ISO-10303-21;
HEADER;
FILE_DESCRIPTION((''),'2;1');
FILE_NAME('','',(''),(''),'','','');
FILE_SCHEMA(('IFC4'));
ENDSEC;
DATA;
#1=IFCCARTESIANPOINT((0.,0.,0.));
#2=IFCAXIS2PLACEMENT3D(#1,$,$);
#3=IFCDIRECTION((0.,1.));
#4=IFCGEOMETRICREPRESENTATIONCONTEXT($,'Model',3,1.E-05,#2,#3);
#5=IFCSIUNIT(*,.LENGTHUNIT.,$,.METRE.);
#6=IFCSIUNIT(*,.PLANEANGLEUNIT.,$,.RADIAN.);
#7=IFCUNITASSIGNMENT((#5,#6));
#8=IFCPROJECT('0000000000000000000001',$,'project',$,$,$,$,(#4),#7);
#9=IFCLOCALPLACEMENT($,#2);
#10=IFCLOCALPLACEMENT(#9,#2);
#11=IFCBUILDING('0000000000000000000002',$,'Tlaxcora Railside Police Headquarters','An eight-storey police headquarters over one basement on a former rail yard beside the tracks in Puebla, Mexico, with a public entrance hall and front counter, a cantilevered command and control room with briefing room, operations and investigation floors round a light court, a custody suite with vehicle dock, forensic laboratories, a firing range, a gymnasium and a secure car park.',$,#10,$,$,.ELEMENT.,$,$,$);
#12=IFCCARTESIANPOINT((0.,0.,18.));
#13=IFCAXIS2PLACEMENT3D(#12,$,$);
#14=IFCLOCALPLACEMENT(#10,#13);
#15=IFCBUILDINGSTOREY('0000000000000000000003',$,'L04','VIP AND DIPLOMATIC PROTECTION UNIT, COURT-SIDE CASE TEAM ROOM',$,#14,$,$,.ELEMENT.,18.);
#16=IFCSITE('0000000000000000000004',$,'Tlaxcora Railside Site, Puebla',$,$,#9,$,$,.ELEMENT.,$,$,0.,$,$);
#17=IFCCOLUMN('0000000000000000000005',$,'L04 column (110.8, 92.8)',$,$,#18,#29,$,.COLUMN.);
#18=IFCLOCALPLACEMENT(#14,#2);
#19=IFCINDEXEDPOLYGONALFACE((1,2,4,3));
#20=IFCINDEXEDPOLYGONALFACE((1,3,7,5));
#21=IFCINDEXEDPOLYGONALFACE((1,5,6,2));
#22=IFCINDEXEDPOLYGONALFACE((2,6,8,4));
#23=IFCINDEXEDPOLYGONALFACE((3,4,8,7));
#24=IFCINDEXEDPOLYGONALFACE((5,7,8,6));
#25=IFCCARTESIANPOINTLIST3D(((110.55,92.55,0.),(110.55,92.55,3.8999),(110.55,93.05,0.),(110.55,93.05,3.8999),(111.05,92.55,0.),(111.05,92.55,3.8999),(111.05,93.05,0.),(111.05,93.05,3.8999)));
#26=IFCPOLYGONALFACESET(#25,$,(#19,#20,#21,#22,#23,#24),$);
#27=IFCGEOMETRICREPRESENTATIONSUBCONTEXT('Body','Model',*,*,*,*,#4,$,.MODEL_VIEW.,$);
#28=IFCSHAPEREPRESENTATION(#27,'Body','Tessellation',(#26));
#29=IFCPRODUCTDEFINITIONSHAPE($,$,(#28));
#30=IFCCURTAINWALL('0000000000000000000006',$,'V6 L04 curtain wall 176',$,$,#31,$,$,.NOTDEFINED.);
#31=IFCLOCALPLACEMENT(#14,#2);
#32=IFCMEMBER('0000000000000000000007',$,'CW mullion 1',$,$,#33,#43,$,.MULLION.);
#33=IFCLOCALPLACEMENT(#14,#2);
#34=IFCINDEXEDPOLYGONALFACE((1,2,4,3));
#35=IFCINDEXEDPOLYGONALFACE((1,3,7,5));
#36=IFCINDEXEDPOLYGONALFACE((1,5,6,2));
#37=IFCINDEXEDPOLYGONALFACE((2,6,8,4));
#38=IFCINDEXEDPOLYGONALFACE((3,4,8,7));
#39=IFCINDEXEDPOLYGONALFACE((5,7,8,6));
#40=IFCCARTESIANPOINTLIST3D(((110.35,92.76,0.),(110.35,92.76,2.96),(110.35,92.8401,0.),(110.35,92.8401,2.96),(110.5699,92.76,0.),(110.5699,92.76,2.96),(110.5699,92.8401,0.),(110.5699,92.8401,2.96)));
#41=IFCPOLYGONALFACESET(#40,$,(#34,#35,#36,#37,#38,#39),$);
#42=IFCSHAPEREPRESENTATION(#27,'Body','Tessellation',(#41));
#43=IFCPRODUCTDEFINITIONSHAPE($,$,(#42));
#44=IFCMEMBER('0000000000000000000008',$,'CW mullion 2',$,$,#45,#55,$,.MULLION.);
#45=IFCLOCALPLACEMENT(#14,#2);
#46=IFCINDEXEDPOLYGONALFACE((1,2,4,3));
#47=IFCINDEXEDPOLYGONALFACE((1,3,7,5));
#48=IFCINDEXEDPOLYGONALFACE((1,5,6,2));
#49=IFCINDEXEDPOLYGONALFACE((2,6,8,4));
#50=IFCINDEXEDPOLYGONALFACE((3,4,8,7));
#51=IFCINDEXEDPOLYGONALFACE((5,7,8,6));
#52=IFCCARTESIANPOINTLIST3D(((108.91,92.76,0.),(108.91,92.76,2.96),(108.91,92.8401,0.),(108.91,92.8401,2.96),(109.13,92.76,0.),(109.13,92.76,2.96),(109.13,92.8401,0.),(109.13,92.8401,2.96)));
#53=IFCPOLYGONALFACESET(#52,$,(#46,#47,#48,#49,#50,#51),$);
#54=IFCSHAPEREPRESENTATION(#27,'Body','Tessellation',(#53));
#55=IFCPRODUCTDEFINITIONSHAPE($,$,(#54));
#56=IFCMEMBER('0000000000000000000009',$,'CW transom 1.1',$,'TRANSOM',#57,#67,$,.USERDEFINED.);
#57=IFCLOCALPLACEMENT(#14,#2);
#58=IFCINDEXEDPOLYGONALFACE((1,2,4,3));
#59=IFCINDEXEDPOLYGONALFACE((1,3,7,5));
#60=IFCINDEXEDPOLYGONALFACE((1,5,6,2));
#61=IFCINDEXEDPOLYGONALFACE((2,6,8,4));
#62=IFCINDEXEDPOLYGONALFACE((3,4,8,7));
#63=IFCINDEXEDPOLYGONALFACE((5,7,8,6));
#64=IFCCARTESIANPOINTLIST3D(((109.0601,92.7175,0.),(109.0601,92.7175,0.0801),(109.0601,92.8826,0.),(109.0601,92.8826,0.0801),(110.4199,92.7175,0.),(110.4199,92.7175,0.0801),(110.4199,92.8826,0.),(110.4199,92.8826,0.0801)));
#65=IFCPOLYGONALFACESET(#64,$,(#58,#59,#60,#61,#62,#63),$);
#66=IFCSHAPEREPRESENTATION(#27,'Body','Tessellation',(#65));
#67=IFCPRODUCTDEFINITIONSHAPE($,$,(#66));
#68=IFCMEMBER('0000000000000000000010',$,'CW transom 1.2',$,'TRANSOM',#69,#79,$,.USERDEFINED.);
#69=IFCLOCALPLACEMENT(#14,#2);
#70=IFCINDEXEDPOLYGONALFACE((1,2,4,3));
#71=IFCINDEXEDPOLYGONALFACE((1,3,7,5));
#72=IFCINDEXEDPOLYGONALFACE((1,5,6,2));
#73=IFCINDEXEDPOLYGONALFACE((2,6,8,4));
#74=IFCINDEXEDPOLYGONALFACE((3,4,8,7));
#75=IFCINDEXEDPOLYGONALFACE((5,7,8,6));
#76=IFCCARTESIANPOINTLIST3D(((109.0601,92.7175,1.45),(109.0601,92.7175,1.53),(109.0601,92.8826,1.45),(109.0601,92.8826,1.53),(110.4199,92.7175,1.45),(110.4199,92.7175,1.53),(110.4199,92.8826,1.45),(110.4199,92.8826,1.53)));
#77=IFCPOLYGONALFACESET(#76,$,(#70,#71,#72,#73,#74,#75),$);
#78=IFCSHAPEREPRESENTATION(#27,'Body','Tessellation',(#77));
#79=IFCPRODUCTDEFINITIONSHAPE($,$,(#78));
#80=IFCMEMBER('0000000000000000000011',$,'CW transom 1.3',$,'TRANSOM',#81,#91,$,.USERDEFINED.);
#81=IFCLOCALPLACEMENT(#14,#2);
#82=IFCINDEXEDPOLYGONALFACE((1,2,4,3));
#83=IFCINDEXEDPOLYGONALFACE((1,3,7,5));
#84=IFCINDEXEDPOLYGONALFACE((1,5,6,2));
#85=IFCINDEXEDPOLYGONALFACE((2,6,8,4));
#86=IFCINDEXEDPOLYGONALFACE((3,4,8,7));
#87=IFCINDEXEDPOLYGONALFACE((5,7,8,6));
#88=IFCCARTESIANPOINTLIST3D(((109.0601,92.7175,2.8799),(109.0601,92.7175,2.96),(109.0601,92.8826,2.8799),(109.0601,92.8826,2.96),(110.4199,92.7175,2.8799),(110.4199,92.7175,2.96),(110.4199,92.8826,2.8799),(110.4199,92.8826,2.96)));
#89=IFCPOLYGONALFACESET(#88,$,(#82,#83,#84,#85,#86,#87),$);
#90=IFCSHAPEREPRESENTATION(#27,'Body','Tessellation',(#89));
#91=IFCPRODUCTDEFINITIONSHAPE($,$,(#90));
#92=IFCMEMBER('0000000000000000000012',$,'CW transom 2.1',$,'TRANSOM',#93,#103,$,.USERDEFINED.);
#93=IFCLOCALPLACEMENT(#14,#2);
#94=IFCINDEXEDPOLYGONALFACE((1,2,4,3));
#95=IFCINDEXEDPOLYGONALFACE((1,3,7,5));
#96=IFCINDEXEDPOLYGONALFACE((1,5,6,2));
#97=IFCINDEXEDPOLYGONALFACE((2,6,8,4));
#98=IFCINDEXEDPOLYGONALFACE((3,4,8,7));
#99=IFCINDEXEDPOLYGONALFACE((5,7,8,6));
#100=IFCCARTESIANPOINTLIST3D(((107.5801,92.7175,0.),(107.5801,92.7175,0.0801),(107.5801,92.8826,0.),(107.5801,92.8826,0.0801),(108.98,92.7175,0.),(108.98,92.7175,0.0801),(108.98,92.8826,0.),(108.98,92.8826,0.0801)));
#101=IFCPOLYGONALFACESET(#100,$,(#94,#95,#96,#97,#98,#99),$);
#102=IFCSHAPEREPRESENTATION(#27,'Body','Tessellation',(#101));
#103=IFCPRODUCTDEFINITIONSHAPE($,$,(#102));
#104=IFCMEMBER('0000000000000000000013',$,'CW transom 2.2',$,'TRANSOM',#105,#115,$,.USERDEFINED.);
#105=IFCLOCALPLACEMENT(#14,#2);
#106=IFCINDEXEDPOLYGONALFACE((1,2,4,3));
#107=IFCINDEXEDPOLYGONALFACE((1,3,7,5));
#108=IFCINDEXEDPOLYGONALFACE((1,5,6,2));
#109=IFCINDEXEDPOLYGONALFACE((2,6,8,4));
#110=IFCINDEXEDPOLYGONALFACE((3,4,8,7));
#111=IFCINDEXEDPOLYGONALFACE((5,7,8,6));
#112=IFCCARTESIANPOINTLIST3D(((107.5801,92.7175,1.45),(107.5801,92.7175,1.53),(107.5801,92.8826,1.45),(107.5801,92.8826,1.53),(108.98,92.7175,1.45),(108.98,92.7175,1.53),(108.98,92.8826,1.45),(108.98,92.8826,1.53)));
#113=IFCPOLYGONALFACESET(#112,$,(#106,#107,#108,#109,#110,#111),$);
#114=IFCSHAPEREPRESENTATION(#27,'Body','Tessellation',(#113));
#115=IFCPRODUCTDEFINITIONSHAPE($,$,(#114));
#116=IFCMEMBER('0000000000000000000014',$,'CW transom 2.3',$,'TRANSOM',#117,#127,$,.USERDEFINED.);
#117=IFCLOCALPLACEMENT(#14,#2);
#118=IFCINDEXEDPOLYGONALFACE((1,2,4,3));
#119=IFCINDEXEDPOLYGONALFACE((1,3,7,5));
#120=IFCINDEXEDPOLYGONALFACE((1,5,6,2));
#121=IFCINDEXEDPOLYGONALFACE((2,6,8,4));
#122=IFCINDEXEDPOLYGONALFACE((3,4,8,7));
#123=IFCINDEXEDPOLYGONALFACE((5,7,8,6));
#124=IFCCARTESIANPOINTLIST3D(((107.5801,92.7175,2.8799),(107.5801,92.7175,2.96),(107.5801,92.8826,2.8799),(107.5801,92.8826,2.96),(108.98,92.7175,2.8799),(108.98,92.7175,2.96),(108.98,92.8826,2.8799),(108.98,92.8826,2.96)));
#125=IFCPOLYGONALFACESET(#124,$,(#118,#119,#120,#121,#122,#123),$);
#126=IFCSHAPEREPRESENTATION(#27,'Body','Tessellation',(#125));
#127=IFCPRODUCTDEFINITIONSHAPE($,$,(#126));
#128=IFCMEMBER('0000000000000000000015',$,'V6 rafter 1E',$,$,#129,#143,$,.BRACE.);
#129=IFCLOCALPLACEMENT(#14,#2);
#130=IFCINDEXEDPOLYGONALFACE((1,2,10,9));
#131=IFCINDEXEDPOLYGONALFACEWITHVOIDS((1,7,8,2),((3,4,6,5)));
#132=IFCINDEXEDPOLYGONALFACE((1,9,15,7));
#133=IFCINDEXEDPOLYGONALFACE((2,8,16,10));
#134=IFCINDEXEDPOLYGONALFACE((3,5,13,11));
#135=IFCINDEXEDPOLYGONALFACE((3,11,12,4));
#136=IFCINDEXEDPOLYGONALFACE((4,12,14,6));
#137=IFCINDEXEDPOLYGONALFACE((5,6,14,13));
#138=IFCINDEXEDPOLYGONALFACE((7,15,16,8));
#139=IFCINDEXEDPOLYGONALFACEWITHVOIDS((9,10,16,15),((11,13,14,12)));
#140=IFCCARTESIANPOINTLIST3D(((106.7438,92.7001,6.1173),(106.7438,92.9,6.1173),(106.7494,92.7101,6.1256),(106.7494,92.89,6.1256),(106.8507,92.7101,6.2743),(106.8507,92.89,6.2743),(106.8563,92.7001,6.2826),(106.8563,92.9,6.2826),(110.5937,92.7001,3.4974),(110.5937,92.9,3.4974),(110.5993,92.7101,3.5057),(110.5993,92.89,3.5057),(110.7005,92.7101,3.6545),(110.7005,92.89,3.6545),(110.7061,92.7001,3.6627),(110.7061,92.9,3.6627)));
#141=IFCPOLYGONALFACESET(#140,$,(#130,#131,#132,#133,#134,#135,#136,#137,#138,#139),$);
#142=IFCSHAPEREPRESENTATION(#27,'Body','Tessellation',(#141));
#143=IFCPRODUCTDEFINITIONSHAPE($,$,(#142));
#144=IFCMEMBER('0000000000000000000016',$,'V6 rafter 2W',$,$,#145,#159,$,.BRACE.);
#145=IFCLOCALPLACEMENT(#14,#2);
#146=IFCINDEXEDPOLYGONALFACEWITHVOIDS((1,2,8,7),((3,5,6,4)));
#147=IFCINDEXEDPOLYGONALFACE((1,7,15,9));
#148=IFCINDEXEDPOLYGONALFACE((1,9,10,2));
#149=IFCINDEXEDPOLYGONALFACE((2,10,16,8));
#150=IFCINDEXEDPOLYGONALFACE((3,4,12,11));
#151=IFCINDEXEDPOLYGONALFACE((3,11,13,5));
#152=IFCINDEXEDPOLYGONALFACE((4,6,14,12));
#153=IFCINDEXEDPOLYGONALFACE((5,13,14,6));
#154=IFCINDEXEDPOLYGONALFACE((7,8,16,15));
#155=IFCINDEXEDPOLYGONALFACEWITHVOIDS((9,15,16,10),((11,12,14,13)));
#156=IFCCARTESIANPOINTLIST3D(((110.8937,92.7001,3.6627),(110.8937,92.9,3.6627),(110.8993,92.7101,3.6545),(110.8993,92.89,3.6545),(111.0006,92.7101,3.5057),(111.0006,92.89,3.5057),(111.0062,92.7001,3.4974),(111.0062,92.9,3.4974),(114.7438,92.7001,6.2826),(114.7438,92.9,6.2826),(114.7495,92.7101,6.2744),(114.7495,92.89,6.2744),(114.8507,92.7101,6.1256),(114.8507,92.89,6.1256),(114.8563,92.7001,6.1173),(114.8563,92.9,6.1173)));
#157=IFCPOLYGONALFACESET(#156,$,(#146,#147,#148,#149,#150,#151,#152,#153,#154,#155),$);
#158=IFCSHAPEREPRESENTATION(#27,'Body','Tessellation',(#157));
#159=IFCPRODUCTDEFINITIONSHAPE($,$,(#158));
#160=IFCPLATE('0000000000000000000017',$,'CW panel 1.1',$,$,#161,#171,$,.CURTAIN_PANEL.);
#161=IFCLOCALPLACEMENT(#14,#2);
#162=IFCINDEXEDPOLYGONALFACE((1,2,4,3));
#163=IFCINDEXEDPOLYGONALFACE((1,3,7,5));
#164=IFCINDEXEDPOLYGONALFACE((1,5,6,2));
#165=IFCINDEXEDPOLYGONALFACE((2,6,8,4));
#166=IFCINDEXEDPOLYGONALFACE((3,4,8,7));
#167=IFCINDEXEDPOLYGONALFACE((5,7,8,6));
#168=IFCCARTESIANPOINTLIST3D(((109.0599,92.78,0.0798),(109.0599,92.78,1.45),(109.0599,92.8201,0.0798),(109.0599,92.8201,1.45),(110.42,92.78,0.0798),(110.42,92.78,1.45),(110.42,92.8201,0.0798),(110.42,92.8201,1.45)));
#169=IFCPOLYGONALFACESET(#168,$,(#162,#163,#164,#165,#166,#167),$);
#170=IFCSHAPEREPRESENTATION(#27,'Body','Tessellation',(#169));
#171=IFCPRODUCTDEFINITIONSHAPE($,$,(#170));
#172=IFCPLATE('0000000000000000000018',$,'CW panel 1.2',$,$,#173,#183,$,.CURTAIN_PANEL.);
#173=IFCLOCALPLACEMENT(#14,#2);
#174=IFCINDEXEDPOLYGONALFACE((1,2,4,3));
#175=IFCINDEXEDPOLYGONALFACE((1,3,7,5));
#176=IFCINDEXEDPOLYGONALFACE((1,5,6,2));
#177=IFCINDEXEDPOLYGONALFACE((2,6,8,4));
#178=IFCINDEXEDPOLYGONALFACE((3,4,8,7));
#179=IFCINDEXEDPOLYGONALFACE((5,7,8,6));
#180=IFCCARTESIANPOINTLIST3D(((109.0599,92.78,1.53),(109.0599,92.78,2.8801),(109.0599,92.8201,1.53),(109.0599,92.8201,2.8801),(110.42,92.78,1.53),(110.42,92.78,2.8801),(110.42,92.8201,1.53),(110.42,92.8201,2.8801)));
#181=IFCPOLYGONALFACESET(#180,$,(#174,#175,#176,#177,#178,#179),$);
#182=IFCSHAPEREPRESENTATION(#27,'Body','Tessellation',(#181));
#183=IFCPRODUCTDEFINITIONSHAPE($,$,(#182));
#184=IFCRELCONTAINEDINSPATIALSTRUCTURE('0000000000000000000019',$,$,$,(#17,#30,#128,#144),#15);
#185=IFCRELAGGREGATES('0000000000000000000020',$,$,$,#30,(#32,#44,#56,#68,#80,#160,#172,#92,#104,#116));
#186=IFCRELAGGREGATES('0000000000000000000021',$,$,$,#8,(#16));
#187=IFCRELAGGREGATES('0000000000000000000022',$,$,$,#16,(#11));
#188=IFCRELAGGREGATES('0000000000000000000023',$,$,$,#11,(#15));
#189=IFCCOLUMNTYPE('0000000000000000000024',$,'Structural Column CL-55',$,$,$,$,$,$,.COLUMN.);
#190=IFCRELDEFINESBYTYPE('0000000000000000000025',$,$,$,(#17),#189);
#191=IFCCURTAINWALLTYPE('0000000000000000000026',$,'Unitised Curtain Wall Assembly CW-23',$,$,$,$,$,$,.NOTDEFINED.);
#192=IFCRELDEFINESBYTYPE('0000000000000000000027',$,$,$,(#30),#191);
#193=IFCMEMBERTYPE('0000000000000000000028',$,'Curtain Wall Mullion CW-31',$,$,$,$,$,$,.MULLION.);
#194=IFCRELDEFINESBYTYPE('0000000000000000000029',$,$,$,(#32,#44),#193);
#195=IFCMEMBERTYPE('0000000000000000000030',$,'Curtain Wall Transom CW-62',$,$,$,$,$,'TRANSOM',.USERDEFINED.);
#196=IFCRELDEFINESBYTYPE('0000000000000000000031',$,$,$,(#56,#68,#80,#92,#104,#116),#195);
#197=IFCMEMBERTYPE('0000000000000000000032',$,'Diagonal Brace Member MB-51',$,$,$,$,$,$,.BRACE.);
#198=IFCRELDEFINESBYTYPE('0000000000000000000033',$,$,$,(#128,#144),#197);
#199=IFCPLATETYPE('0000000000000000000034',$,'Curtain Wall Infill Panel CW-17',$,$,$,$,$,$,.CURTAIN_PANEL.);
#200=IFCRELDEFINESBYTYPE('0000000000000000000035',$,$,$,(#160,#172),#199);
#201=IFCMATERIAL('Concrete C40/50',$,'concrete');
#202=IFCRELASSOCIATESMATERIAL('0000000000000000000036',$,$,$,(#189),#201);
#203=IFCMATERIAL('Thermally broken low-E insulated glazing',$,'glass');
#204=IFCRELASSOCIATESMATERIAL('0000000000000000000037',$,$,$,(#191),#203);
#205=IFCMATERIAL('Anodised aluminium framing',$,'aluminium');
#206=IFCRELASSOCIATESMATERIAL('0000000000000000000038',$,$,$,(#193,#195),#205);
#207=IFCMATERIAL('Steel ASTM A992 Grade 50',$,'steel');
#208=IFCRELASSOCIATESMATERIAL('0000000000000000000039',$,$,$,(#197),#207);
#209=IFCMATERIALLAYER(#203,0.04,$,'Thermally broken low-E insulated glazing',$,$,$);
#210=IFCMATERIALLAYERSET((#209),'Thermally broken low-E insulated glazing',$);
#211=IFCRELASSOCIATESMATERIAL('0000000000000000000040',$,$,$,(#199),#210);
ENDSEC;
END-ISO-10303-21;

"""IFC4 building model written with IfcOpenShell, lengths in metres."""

from ifc_helpers import new_model, si_unit, direction, frame, origin, origin_2d, place, context, subcontext, project, spatial, rectangle, hollow_rectangle, extrude, material, layer, layer_set, material_profile, profile_set, type_object, element, aggregate, save


model = new_model("IFC4")

# Units and contexts
model_context = context("Model", 3, precision=1e-05, world=origin(), true_north=direction((0.0, 1.0)))
body_context = subcontext(model_context, "Body", "Model", "MODEL_VIEW")
ifc_project = project(units=[si_unit("LENGTHUNIT", "METRE"), si_unit("PLANEANGLEUNIT", "RADIAN")], contexts=[model_context])

# Site, building, storey
site_placement = place(None, origin())
site = spatial("IfcSite", under=ifc_project, at=site_placement, Name="Tlaxcora Railside Site, Puebla", CompositionType="ELEMENT", RefElevation=0.0)
building_placement = place(site_placement, origin())
building = spatial("IfcBuilding", under=site, at=building_placement, Name="Tlaxcora Railside Police Headquarters", Description="An eight-storey police headquarters over one basement on a former rail yard beside the tracks in Puebla, Mexico, with a public entrance hall and front counter, a cantilevered command and control room with briefing room, operations and investigation floors round a light court, a custody suite with vehicle dock, forensic laboratories, a firing range, a gymnasium and a secure car park.", CompositionType="ELEMENT")
storey_placement = place(building_placement, frame((0.0, 0.0, 18.0)))
storey = spatial("IfcBuildingStorey", under=building, at=storey_placement, Name="L04", Description="VIP AND DIPLOMATIC PROTECTION UNIT, COURT-SIDE CASE TEAM ROOM", CompositionType="ELEMENT", Elevation=18.0)

# Column
ifc_material_1 = material(Name="Concrete C40/50", Category="concrete")
ifc_material_profile_1 = material_profile(ifc_material_1, rectangle(XDim=0.5, YDim=0.5, at=origin_2d()), Name="RC500X500")
ifc_profile_set_1 = profile_set([ifc_material_profile_1], Name="Concrete C40/50")
column_type = type_object("IfcColumnType", Name="Structural Column CL-55", PredefinedType="COLUMN", material=ifc_profile_set_1)
column_placement = place(storey_placement, frame((110.8, 92.8, 0.0), z_axis=(0.0, 0.0, 1.0), x_axis=(1.0, 0.0, 0.0)))
element("IfcColumn", 1, at=column_placement, inside=storey, type_object=column_type, Name="L04 column (110.8, 92.8)", PredefinedType="COLUMN", context=body_context, shape_type="SweptSolid", body=[
    extrude(rectangle(XDim=0.5, YDim=0.5, at=origin_2d()), origin(), (0.0, 0.0, 1.0), 3.8999),
])

# Curtain wall, members
ifc_material_2 = material(Name="Thermally broken low-E insulated glazing", Category="glass")
curtain_wall_type = type_object("IfcCurtainWallType", Name="Unitised Curtain Wall Assembly CW-23", PredefinedType="NOTDEFINED", material=ifc_material_2)
curtain_wall_placement = place(storey_placement, origin())
curtain_wall = element("IfcCurtainWall", 2, at=curtain_wall_placement, inside=storey, type_object=curtain_wall_type, Name="V6 L04 curtain wall 176", PredefinedType="NOTDEFINED")
ifc_material_3 = material(Name="Anodised aluminium framing", Category="aluminium")
ifc_material_profile_2 = material_profile(ifc_material_3, rectangle(XDim=0.0801, YDim=0.22, at=origin_2d()), Name="AL80X220")
ifc_profile_set_2 = profile_set([ifc_material_profile_2], Name="Anodised aluminium framing")
member_type_1 = type_object("IfcMemberType", Name="Curtain Wall Mullion CW-31", PredefinedType="MULLION", material=ifc_profile_set_2)
member_1_placement = place(storey_placement, frame((110.46, 92.8, 0.0), z_axis=(0.0, 0.0, 1.0), x_axis=(0.0, -1.0, 0.0)))
member_1 = element("IfcMember", 3, at=member_1_placement, type_object=member_type_1, Name="CW mullion 1", PredefinedType="MULLION", context=body_context, shape_type="SweptSolid", body=[
    extrude(rectangle(XDim=0.0801, YDim=0.22, at=origin_2d()), origin(), (0.0, 0.0, 1.0), 2.96),
])
member_2_placement = place(storey_placement, frame((109.02, 92.8, 0.0), z_axis=(0.0, 0.0, 1.0), x_axis=(0.0, -1.0, 0.0)))
member_2 = element("IfcMember", 4, at=member_2_placement, type_object=member_type_1, Name="CW mullion 2", PredefinedType="MULLION", context=body_context, shape_type="SweptSolid", body=[
    extrude(rectangle(XDim=0.0801, YDim=0.22, at=origin_2d()), origin(), (0.0, 0.0, 1.0), 2.96),
])
ifc_material_profile_3 = material_profile(ifc_material_3, rectangle(XDim=0.165, YDim=0.0801, at=origin_2d()), Name="AL80X165")
ifc_profile_set_3 = profile_set([ifc_material_profile_3], Name="Anodised aluminium framing")
member_type_2 = type_object("IfcMemberType", Name="Curtain Wall Transom CW-62", ElementType="TRANSOM", PredefinedType="USERDEFINED", material=ifc_profile_set_3)
member_3_placement = place(storey_placement, frame((110.4199, 92.8, 0.04), z_axis=(-1.0, 0.0, 0.0), x_axis=(0.0, -1.0, 0.0)))
member_3 = element("IfcMember", 5, at=member_3_placement, type_object=member_type_2, Name="CW transom 1.1", ObjectType="TRANSOM", PredefinedType="USERDEFINED", context=body_context, shape_type="SweptSolid", body=[
    extrude(rectangle(XDim=0.165, YDim=0.0801, at=origin_2d()), origin(), (0.0, 0.0, 1.0), 1.3599),
])
member_4_placement = place(storey_placement, frame((110.4199, 92.8, 1.49), z_axis=(-1.0, 0.0, 0.0), x_axis=(0.0, -1.0, 0.0)))
member_4 = element("IfcMember", 6, at=member_4_placement, type_object=member_type_2, Name="CW transom 1.2", ObjectType="TRANSOM", PredefinedType="USERDEFINED", context=body_context, shape_type="SweptSolid", body=[
    extrude(rectangle(XDim=0.165, YDim=0.0801, at=origin_2d()), origin(), (0.0, 0.0, 1.0), 1.3599),
])
member_5_placement = place(storey_placement, frame((110.4199, 92.8, 2.9199), z_axis=(-1.0, 0.0, 0.0), x_axis=(0.0, -1.0, 0.0)))
member_5 = element("IfcMember", 7, at=member_5_placement, type_object=member_type_2, Name="CW transom 1.3", ObjectType="TRANSOM", PredefinedType="USERDEFINED", context=body_context, shape_type="SweptSolid", body=[
    extrude(rectangle(XDim=0.165, YDim=0.0801, at=origin_2d()), origin(), (0.0, 0.0, 1.0), 1.3599),
])
member_6_placement = place(storey_placement, frame((108.98, 92.8, 0.04), z_axis=(-1.0, 0.0, 0.0), x_axis=(0.0, -1.0, 0.0)))
member_6 = element("IfcMember", 8, at=member_6_placement, type_object=member_type_2, Name="CW transom 2.1", ObjectType="TRANSOM", PredefinedType="USERDEFINED", context=body_context, shape_type="SweptSolid", body=[
    extrude(rectangle(XDim=0.165, YDim=0.0801, at=origin_2d()), origin(), (0.0, 0.0, 1.0), 1.3999),
])
member_7_placement = place(storey_placement, frame((108.98, 92.8, 1.49), z_axis=(-1.0, 0.0, 0.0), x_axis=(0.0, -1.0, 0.0)))
member_7 = element("IfcMember", 9, at=member_7_placement, type_object=member_type_2, Name="CW transom 2.2", ObjectType="TRANSOM", PredefinedType="USERDEFINED", context=body_context, shape_type="SweptSolid", body=[
    extrude(rectangle(XDim=0.165, YDim=0.0801, at=origin_2d()), origin(), (0.0, 0.0, 1.0), 1.3999),
])
member_8_placement = place(storey_placement, frame((108.98, 92.8, 2.9199), z_axis=(-1.0, 0.0, 0.0), x_axis=(0.0, -1.0, 0.0)))
member_8 = element("IfcMember", 10, at=member_8_placement, type_object=member_type_2, Name="CW transom 2.3", ObjectType="TRANSOM", PredefinedType="USERDEFINED", context=body_context, shape_type="SweptSolid", body=[
    extrude(rectangle(XDim=0.165, YDim=0.0801, at=origin_2d()), origin(), (0.0, 0.0, 1.0), 1.3999),
])

# Members
ifc_material_4 = material(Name="Steel ASTM A992 Grade 50", Category="steel")
ifc_material_profile_4 = material_profile(ifc_material_4, hollow_rectangle(XDim=0.2, YDim=0.2, WallThickness=0.01, at=origin_2d()), Name="HSS200X200X10")
ifc_profile_set_4 = profile_set([ifc_material_profile_4], Name="Steel ASTM A992 Grade 50")
member_type_3 = type_object("IfcMemberType", Name="Diagonal Brace Member MB-51", PredefinedType="BRACE", material=ifc_profile_set_4)
member_9_placement = place(storey_placement, frame((110.6499, 92.8, 3.5801), z_axis=(-0.826729, 0.0, 0.5626), x_axis=(0.0, -1.0, 0.0)))
element("IfcMember", 11, at=member_9_placement, inside=storey, type_object=member_type_3, Name="V6 rafter 1E", PredefinedType="BRACE", context=body_context, shape_type="SweptSolid", body=[
    extrude(hollow_rectangle(XDim=0.2, YDim=0.2, WallThickness=0.01, at=origin_2d()), origin(), (0.0, 0.0, 1.0), 4.6567),
])
member_10_placement = place(storey_placement, frame((110.95, 92.8, 3.5801), z_axis=(0.826746, 0.0, 0.562575), x_axis=(0.0, 1.0, 0.0)))
element("IfcMember", 12, at=member_10_placement, inside=storey, type_object=member_type_3, Name="V6 rafter 2W", PredefinedType="BRACE", context=body_context, shape_type="SweptSolid", body=[
    extrude(hollow_rectangle(XDim=0.2, YDim=0.2, WallThickness=0.01, at=origin_2d()), origin(), (0.0, 0.0, 1.0), 4.657),
])

# Plates
ifc_layer_1 = layer(ifc_material_2, 0.04, Name="Thermally broken low-E insulated glazing")
ifc_layer_set_1 = layer_set([ifc_layer_1], Name="Thermally broken low-E insulated glazing")
plate_type = type_object("IfcPlateType", Name="Curtain Wall Infill Panel CW-17", PredefinedType="CURTAIN_PANEL", material=ifc_layer_set_1)
plate_1_placement = place(storey_placement, frame((109.74, 92.8, 0.0798), z_axis=(0.0, 0.0, 1.0), x_axis=(-1.0, 0.0, 0.0)))
plate_1 = element("IfcPlate", 13, at=plate_1_placement, type_object=plate_type, Name="CW panel 1.1", PredefinedType="CURTAIN_PANEL", context=body_context, shape_type="SweptSolid", body=[
    extrude(rectangle(XDim=1.3601, YDim=0.04, at=origin_2d()), origin(), (0.0, 0.0, 1.0), 1.3701),
])
plate_2_placement = place(storey_placement, frame((109.74, 92.8, 1.53), z_axis=(0.0, 0.0, 1.0), x_axis=(-1.0, 0.0, 0.0)))
plate_2 = element("IfcPlate", 14, at=plate_2_placement, type_object=plate_type, Name="CW panel 1.2", PredefinedType="CURTAIN_PANEL", context=body_context, shape_type="SweptSolid", body=[
    extrude(rectangle(XDim=1.3601, YDim=0.04, at=origin_2d()), origin(), (0.0, 0.0, 1.0), 1.3501),
])
aggregate(curtain_wall, [member_1, member_2, member_3, member_4, member_5, plate_1, plate_2, member_6, member_7, member_8])

save(model, "model.ifc")
